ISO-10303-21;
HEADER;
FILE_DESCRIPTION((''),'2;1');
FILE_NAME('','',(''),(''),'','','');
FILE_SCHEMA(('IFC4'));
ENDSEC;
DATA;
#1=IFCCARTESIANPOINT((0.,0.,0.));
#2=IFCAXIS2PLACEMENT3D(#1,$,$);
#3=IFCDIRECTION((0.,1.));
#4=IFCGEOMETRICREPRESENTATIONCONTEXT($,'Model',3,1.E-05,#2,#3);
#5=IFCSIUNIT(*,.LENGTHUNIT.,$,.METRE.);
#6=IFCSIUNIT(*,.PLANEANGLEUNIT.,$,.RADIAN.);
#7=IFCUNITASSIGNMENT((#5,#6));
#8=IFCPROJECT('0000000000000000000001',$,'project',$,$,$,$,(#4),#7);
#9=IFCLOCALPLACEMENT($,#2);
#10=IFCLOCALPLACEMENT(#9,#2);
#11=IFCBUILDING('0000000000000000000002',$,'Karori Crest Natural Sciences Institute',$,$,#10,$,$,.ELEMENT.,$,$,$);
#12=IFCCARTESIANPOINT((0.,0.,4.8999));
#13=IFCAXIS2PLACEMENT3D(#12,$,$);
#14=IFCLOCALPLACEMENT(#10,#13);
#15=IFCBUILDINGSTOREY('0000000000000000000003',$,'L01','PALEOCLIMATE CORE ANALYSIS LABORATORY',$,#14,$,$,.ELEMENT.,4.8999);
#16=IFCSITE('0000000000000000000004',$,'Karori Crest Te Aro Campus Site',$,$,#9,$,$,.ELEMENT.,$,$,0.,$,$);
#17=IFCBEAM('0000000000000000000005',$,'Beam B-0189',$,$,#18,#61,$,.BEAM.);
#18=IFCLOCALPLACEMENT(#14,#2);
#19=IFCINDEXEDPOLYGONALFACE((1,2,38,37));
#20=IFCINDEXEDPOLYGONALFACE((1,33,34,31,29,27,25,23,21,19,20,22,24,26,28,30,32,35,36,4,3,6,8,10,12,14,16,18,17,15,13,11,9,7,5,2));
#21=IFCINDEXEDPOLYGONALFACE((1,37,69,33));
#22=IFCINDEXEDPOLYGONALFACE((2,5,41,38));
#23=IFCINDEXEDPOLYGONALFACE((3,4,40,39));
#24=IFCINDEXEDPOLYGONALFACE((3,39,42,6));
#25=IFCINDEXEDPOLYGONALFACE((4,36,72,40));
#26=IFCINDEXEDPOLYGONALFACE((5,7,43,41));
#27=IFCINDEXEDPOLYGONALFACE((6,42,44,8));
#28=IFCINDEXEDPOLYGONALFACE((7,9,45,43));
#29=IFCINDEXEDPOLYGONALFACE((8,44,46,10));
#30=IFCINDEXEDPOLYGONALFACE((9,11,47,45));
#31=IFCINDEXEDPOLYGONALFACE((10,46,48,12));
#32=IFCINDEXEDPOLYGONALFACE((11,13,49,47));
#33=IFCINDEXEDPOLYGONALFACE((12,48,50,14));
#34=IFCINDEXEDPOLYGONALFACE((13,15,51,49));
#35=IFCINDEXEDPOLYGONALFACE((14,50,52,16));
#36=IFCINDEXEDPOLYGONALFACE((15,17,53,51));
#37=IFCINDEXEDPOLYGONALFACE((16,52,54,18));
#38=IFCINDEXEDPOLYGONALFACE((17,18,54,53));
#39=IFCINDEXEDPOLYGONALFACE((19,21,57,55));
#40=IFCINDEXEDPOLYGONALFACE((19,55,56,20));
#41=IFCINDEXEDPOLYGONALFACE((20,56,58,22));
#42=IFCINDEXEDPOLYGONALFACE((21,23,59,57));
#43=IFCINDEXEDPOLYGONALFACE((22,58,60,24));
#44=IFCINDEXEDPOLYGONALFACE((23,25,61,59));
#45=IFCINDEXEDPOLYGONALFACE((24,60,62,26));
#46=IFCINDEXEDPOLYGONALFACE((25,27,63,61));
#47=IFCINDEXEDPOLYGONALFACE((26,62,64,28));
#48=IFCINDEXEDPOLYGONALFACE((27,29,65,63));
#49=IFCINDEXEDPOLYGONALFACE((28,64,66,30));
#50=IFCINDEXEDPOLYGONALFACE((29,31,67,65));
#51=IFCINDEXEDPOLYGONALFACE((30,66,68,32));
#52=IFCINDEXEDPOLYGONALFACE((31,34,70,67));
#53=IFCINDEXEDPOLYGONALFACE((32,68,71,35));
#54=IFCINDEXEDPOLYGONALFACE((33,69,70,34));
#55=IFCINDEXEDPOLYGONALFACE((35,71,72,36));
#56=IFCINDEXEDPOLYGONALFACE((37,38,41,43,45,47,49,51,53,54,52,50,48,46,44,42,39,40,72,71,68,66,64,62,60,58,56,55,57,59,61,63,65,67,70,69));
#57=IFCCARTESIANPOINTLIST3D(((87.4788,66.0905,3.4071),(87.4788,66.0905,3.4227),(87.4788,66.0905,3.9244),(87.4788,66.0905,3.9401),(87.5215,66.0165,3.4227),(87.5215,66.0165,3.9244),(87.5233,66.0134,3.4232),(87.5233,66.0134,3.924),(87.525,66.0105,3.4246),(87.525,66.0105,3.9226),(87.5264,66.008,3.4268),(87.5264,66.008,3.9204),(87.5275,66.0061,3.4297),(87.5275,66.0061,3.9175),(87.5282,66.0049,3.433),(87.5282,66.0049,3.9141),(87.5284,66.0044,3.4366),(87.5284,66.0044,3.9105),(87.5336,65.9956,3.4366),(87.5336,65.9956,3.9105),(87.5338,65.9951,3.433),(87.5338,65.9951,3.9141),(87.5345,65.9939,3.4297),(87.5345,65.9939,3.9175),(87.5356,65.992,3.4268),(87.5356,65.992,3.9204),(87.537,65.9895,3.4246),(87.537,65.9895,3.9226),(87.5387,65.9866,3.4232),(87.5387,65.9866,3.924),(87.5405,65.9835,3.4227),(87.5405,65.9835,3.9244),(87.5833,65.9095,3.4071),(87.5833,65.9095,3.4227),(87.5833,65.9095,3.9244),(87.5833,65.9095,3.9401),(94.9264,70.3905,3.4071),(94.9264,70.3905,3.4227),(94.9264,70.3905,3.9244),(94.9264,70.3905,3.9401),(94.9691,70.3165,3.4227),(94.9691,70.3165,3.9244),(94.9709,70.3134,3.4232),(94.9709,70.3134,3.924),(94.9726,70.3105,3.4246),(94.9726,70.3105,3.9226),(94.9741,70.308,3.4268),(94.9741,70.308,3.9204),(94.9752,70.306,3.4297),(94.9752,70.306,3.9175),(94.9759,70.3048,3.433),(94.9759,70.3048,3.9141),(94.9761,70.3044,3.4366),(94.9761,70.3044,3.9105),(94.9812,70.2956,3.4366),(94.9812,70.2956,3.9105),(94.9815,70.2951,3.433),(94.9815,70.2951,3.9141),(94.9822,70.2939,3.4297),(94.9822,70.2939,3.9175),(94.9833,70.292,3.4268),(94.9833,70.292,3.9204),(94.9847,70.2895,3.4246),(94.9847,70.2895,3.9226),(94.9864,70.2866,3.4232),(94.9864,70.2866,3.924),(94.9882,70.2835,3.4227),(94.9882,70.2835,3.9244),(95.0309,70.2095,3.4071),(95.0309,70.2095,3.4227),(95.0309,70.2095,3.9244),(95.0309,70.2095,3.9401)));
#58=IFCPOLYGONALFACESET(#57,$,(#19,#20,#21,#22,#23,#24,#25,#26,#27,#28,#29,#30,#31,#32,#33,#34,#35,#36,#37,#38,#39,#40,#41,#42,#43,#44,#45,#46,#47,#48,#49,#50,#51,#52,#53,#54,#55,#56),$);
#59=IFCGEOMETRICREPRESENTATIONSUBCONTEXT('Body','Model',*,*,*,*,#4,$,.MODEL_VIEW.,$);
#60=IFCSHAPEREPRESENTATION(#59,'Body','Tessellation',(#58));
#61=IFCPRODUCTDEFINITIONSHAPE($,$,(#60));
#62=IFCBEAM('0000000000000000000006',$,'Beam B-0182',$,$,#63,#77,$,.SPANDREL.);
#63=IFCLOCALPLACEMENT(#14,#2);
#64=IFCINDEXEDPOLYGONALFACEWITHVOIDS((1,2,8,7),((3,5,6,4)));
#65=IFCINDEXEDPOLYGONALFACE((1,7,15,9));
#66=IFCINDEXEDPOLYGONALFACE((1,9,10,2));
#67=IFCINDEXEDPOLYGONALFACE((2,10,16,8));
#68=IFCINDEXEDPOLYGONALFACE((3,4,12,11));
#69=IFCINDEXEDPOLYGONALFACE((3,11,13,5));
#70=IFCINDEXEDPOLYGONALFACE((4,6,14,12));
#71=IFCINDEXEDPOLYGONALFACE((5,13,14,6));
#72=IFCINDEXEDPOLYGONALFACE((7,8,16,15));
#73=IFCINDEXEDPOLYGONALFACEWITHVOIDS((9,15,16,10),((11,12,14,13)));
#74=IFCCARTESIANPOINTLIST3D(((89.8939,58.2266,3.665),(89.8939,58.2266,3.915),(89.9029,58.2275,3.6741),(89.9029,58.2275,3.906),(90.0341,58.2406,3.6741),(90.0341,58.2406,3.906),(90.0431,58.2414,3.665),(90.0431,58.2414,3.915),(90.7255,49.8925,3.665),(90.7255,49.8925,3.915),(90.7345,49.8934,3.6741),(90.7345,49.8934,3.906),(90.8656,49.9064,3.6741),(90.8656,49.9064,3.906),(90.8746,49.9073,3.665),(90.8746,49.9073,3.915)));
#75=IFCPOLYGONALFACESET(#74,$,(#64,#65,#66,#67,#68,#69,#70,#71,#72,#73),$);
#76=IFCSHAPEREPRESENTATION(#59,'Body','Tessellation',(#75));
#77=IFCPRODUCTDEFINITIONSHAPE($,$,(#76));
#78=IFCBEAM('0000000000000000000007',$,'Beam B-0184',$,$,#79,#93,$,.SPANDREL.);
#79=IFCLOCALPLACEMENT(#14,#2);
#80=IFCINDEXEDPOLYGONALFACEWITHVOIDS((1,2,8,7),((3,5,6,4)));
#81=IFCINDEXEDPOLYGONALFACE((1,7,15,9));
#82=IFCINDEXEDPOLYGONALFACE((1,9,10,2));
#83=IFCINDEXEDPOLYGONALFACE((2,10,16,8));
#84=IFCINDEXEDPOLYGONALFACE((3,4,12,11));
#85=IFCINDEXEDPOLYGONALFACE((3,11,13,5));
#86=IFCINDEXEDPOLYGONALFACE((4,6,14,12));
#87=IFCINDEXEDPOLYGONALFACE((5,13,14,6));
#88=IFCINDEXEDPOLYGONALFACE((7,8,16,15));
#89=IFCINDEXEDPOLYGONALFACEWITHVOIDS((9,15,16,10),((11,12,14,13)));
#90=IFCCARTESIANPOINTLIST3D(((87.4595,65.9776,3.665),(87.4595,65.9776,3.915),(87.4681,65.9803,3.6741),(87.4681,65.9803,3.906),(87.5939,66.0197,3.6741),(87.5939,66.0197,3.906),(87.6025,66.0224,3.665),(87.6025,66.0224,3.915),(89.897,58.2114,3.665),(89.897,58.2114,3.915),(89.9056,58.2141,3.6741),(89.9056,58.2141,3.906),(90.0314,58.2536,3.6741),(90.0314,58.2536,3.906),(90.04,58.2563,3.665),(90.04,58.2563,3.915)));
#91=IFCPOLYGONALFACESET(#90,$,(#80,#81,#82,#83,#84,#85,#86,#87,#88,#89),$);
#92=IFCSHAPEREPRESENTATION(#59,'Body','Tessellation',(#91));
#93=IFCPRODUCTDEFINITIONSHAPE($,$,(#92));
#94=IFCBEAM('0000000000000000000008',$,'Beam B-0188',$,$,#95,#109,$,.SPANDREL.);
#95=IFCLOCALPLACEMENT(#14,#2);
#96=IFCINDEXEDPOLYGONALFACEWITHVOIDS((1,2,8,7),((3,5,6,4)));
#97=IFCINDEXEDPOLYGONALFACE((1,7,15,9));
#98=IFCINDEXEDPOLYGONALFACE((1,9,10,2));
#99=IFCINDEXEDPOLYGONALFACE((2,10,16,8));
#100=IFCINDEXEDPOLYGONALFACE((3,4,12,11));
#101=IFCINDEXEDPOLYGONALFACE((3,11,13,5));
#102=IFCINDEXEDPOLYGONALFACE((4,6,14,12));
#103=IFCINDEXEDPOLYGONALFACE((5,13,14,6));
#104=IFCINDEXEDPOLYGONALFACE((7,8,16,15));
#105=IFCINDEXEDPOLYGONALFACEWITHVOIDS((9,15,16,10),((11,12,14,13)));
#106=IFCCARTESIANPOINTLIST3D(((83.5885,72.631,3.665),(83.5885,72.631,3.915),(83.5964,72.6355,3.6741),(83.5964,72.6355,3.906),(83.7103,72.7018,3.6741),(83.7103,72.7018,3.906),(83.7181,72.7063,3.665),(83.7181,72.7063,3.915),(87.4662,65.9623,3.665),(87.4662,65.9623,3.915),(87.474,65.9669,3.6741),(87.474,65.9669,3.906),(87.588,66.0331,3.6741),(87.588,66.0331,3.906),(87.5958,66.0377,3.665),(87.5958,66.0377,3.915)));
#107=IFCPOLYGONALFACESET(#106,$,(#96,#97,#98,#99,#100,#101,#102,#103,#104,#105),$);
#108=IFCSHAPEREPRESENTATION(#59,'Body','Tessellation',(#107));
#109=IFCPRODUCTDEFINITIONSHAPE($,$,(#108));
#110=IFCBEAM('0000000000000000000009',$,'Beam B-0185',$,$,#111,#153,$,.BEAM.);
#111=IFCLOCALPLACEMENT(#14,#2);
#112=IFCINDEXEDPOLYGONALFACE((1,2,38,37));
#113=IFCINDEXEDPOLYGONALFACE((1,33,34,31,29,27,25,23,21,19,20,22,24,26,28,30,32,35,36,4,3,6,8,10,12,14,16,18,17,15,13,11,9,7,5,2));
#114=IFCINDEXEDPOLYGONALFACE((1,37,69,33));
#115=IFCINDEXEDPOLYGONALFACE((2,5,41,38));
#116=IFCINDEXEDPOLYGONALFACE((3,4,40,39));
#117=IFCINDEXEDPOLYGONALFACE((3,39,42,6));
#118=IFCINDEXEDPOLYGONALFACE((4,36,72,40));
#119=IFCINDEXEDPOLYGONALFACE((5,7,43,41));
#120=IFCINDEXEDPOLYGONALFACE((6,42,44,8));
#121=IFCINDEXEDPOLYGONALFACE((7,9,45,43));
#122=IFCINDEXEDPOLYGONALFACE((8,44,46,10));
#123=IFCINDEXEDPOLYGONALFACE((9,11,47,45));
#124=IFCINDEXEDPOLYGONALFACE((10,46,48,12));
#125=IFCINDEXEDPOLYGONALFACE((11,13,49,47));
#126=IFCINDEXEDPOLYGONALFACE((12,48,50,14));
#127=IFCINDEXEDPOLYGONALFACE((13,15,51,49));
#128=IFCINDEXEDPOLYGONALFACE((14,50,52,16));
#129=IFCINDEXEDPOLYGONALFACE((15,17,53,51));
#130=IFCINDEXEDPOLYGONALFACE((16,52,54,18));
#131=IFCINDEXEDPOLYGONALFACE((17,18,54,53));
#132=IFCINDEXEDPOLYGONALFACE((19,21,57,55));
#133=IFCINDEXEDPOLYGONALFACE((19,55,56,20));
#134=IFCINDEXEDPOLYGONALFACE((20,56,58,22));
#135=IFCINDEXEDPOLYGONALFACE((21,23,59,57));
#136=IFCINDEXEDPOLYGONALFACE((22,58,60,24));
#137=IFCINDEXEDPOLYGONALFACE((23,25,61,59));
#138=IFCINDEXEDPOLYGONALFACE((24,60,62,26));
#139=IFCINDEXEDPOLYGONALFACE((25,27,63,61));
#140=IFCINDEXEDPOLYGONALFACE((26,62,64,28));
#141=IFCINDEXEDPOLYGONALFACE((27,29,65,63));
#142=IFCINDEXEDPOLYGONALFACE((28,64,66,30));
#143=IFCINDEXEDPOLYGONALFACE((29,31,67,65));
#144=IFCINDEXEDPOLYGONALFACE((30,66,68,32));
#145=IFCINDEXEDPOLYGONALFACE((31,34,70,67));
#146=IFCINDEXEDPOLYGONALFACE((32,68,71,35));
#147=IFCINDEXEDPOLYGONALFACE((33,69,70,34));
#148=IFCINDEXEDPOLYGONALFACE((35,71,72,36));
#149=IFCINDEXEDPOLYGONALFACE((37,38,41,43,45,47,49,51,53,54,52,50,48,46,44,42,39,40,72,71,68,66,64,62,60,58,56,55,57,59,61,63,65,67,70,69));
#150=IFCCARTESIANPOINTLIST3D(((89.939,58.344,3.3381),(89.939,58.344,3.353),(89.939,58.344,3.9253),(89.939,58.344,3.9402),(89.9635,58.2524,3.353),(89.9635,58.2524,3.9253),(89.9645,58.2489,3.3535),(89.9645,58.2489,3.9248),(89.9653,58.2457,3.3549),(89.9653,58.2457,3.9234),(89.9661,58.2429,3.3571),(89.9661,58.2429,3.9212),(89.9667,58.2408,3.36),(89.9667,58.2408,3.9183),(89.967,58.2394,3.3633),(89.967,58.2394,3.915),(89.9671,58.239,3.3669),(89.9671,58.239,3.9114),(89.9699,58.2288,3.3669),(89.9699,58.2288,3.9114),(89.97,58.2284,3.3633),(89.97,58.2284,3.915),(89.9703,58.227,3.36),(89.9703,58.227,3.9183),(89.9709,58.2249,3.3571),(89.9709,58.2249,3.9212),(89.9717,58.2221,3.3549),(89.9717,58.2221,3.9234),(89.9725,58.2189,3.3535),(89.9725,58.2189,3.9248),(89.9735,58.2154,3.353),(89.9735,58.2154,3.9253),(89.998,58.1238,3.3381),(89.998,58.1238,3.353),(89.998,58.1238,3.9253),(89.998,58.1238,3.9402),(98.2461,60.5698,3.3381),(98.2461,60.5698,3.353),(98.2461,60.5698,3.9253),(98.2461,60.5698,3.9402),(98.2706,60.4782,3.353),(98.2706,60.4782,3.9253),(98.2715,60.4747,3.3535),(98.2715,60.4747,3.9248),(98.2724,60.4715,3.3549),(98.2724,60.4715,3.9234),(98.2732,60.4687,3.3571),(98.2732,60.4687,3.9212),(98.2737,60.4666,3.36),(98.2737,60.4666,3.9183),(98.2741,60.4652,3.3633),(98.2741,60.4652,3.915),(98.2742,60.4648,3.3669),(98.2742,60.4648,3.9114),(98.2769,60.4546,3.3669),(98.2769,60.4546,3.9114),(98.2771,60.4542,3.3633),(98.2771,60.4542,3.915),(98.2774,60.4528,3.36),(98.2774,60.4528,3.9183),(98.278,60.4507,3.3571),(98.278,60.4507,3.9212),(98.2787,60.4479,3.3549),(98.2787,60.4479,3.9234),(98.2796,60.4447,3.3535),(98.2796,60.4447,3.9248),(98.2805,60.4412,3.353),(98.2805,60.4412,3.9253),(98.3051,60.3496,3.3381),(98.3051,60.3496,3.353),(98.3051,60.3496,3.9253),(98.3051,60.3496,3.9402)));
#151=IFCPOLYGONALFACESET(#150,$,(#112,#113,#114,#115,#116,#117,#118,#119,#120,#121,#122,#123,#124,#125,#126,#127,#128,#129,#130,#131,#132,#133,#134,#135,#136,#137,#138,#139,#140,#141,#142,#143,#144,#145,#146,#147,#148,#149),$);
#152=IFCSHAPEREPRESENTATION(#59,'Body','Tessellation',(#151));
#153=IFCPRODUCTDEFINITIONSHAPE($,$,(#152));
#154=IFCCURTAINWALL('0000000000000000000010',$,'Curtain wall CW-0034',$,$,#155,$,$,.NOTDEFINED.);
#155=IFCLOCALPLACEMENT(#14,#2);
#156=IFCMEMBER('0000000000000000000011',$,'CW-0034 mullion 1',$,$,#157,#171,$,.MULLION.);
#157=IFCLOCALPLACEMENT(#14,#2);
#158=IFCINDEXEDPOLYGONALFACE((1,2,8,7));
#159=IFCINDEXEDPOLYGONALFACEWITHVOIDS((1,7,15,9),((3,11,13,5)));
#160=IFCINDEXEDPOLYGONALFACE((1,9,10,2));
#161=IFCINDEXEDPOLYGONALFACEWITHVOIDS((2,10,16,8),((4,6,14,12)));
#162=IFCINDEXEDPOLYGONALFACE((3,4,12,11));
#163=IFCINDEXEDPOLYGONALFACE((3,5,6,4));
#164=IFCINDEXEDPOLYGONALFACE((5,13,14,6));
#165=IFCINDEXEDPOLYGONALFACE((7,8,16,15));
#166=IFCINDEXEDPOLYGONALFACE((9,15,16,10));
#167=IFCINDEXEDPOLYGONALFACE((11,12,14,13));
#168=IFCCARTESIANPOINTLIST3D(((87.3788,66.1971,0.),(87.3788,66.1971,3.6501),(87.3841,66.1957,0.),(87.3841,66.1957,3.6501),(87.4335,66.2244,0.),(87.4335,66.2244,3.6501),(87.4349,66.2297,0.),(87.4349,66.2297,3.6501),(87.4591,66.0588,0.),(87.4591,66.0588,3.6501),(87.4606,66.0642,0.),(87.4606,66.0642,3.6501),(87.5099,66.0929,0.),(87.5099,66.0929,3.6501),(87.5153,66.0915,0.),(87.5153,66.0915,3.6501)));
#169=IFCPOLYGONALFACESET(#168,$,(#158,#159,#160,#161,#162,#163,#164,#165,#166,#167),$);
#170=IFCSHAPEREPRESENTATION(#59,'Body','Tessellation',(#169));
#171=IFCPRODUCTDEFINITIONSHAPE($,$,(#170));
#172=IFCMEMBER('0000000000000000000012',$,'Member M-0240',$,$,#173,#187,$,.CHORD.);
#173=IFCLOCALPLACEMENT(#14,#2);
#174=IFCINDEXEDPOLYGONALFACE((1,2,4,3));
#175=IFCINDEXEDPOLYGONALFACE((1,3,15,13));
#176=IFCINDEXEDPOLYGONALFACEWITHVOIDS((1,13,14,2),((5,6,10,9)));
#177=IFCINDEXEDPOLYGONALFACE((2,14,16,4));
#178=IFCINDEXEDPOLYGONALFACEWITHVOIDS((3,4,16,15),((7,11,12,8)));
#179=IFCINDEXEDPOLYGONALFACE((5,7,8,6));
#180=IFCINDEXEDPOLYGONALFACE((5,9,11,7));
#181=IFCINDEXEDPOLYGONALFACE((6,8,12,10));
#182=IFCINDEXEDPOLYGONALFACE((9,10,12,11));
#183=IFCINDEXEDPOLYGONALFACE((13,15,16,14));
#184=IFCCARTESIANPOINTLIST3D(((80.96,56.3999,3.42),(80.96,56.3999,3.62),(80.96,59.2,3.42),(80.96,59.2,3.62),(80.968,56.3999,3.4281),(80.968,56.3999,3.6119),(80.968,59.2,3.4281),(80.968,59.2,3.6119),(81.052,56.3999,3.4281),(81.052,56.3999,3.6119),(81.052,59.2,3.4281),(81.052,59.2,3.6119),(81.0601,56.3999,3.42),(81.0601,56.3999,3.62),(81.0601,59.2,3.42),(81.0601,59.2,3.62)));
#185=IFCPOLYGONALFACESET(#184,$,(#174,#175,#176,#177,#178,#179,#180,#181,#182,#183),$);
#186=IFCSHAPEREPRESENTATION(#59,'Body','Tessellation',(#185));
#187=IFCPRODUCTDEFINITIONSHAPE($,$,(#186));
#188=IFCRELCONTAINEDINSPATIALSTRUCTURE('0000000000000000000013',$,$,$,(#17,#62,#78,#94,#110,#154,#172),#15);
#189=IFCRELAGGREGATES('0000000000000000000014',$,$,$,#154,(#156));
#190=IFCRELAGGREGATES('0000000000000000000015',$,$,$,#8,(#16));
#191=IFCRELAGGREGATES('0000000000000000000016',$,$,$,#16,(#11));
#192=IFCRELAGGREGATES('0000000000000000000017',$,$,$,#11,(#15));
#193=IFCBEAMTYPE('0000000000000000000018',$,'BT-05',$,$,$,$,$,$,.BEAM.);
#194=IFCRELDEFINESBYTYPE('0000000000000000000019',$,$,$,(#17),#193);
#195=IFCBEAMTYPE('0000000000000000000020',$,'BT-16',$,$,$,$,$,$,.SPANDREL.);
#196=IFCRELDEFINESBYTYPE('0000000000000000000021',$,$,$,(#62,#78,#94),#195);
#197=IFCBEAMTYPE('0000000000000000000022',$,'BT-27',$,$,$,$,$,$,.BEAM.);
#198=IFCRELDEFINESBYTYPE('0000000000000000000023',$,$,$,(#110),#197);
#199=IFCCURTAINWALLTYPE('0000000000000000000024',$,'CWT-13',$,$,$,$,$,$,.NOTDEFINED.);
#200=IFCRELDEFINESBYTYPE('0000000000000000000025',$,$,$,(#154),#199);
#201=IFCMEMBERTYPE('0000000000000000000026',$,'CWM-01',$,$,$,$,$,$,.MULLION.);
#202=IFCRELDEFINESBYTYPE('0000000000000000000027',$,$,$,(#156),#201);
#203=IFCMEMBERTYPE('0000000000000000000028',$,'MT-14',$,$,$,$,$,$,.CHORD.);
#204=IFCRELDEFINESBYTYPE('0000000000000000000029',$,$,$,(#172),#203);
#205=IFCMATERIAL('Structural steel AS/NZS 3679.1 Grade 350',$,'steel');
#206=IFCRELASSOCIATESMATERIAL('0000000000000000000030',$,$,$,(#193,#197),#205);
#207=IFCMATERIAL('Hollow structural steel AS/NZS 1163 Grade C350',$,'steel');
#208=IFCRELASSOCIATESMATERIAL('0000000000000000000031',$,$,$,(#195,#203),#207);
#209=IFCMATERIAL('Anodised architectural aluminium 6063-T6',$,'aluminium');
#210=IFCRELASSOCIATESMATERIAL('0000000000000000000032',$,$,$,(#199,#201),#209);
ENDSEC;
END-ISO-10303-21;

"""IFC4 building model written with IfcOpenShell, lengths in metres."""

from ifc_helpers import new_model, si_unit, direction, frame, origin, origin_2d, place, context, subcontext, project, spatial, hollow_rectangle, i_section, extrude, material, material_profile, profile_set, type_object, element, aggregate, save


model = new_model("IFC4")

# Units and contexts
model_context = context("Model", 3, precision=1e-05, world=origin(), true_north=direction((0.0, 1.0)))
body_context = subcontext(model_context, "Body", "Model", "MODEL_VIEW")
ifc_project = project(units=[si_unit("LENGTHUNIT", "METRE"), si_unit("PLANEANGLEUNIT", "RADIAN")], contexts=[model_context])

# Site, building, storey
site_placement = place(None, origin())
site = spatial("IfcSite", under=ifc_project, at=site_placement, Name="Karori Crest Te Aro Campus Site", CompositionType="ELEMENT", RefElevation=0.0)
building_placement = place(site_placement, origin())
building = spatial("IfcBuilding", under=site, at=building_placement, Name="Karori Crest Natural Sciences Institute", CompositionType="ELEMENT")
storey_placement = place(building_placement, frame((0.0, 0.0, 4.8999)))
storey = spatial("IfcBuildingStorey", under=building, at=storey_placement, Name="L01", Description="PALEOCLIMATE CORE ANALYSIS LABORATORY", CompositionType="ELEMENT", Elevation=4.8999)

# Shared definitions
ifc_material_1 = material(Name="Structural steel AS/NZS 3679.1 Grade 350", Category="steel")
ifc_material_2 = material(Name="Hollow structural steel AS/NZS 1163 Grade C350", Category="steel")

# Beams
ifc_material_profile_1 = material_profile(ifc_material_1, i_section(OverallWidth=0.209, OverallDepth=0.533, WebThickness=0.0103, FlangeThickness=0.0156, FilletRadius=0.0139, at=origin_2d()), Name="530UB92.4")
ifc_profile_set_1 = profile_set([ifc_material_profile_1], Name="Structural steel AS/NZS 3679.1 Grade 350")
beam_type_1 = type_object("IfcBeamType", Name="BT-05", PredefinedType="BEAM", material=ifc_profile_set_1)
beam_1_placement = place(storey_placement, frame((87.531, 66.0, 3.6736), z_axis=(0.866021, 0.500008, 0.0), x_axis=(-0.500008, 0.866021, 0.0)))
element("IfcBeam", 1, at=beam_1_placement, inside=storey, type_object=beam_type_1, Name="Beam B-0189", PredefinedType="BEAM", context=body_context, shape_type="SweptSolid", body=[
    extrude(i_section(OverallWidth=0.209, OverallDepth=0.533, WebThickness=0.0103, FlangeThickness=0.0156, FilletRadius=0.0139, at=origin_2d()), origin(), (0.0, 0.0, 1.0), 8.5999),
])
ifc_material_profile_2 = material_profile(ifc_material_2, hollow_rectangle(XDim=0.1499, YDim=0.25, WallThickness=0.009, at=origin_2d()), Name="RHS250x150x9")
ifc_profile_set_2 = profile_set([ifc_material_profile_2], Name="Hollow structural steel AS/NZS 1163 Grade C350")
beam_type_2 = type_object("IfcBeamType", Name="BT-16", PredefinedType="SPANDREL", material=ifc_profile_set_2)
beam_2_placement = place(storey_placement, frame((90.8, 49.8999, 3.79), z_axis=(-0.099284, 0.995059, 0.0), x_axis=(-0.995059, -0.099284, 0.0)))
element("IfcBeam", 2, at=beam_2_placement, inside=storey, type_object=beam_type_2, Name="Beam B-0182", PredefinedType="SPANDREL", context=body_context, shape_type="SweptSolid", body=[
    extrude(hollow_rectangle(XDim=0.1499, YDim=0.25, WallThickness=0.009, at=origin_2d()), origin(), (0.0, 0.0, 1.0), 8.3755),
])
beam_3_placement = place(storey_placement, frame((89.9685, 58.2339, 3.79), z_axis=(-0.29946, 0.954109, 0.0), x_axis=(-0.954109, -0.29946, 0.0)))
element("IfcBeam", 3, at=beam_3_placement, inside=storey, type_object=beam_type_2, Name="Beam B-0184", PredefinedType="SPANDREL", context=body_context, shape_type="SweptSolid", body=[
    extrude(hollow_rectangle(XDim=0.1499, YDim=0.25, WallThickness=0.009, at=origin_2d()), origin(), (0.0, 0.0, 1.0), 8.1396),
])
beam_4_placement = place(storey_placement, frame((87.531, 66.0, 3.79), z_axis=(-0.502672, 0.864477, 0.0), x_axis=(-0.864477, -0.502672, 0.0)))
element("IfcBeam", 4, at=beam_4_placement, inside=storey, type_object=beam_type_2, Name="Beam B-0188", PredefinedType="SPANDREL", context=body_context, shape_type="SweptSolid", body=[
    extrude(hollow_rectangle(XDim=0.1499, YDim=0.25, WallThickness=0.009, at=origin_2d()), origin(), (0.0, 0.0, 1.0), 7.7141),
])
ifc_material_profile_3 = material_profile(ifc_material_1, i_section(OverallWidth=0.228, OverallDepth=0.6021, WebThickness=0.0105, FlangeThickness=0.0149, FilletRadius=0.0139, at=origin_2d()), Name="610UB101")
ifc_profile_set_3 = profile_set([ifc_material_profile_3], Name="Structural steel AS/NZS 3679.1 Grade 350")
beam_type_3 = type_object("IfcBeamType", Name="BT-27", PredefinedType="BEAM", material=ifc_profile_set_3)
beam_5_placement = place(storey_placement, frame((89.9685, 58.2339, 3.6392), z_axis=(0.965928, 0.258813, 0.0), x_axis=(-0.258813, 0.965928, 0.0)))
element("IfcBeam", 5, at=beam_5_placement, inside=storey, type_object=beam_type_3, Name="Beam B-0185", PredefinedType="BEAM", context=body_context, shape_type="SweptSolid", body=[
    extrude(i_section(OverallWidth=0.228, OverallDepth=0.6021, WebThickness=0.0105, FlangeThickness=0.0149, FilletRadius=0.0139, at=origin_2d()), origin(), (0.0, 0.0, 1.0), 8.6001),
])

# Curtain wall, member
ifc_material_3 = material(Name="Anodised architectural aluminium 6063-T6", Category="aluminium")
curtain_wall_type = type_object("IfcCurtainWallType", Name="CWT-13", PredefinedType="NOTDEFINED", material=ifc_material_3)
curtain_wall_placement = place(storey_placement, origin())
curtain_wall = element("IfcCurtainWall", 6, at=curtain_wall_placement, inside=storey, type_object=curtain_wall_type, Name="Curtain wall CW-0034", PredefinedType="NOTDEFINED")
ifc_material_profile_4 = material_profile(ifc_material_3, hollow_rectangle(XDim=0.0649, YDim=0.1599, WallThickness=0.0039, at=origin_2d()), Name="CWM160x65x4")
ifc_profile_set_4 = profile_set([ifc_material_profile_4], Name="Anodised architectural aluminium 6063-T6")
member_type_1 = type_object("IfcMemberType", Name="CWM-01", PredefinedType="MULLION", material=ifc_profile_set_4)
member_1_placement = place(storey_placement, frame((87.447, 66.1443, 0.0), z_axis=(0.0, 0.0, 1.0), x_axis=(-0.864484, -0.50266, 0.0)))
member_1 = element("IfcMember", 7, at=member_1_placement, type_object=member_type_1, Name="CW-0034 mullion 1", PredefinedType="MULLION", context=body_context, shape_type="SweptSolid", body=[
    extrude(hollow_rectangle(XDim=0.0649, YDim=0.1599, WallThickness=0.0039, at=origin_2d()), origin(), (0.0, 0.0, 1.0), 3.6501),
])
aggregate(curtain_wall, [member_1])

# Member
ifc_material_profile_5 = material_profile(ifc_material_2, hollow_rectangle(XDim=0.1001, YDim=0.2, WallThickness=0.0081, at=origin_2d()), Name="RHS200x100x8")
ifc_profile_set_5 = profile_set([ifc_material_profile_5], Name="Hollow structural steel AS/NZS 1163 Grade C350")
member_type_2 = type_object("IfcMemberType", Name="MT-14", PredefinedType="CHORD", material=ifc_profile_set_5)
member_2_placement = place(storey_placement, frame((81.01, 56.3999, 3.52), z_axis=(0.0, 1.0, 0.0), x_axis=(-1.0, 0.0, 0.0)))
element("IfcMember", 8, at=member_2_placement, inside=storey, type_object=member_type_2, Name="Member M-0240", PredefinedType="CHORD", context=body_context, shape_type="SweptSolid", body=[
    extrude(hollow_rectangle(XDim=0.1001, YDim=0.2, WallThickness=0.0081, at=origin_2d()), origin(), (0.0, 0.0, 1.0), 2.8),
])

save(model, "model.ifc")
